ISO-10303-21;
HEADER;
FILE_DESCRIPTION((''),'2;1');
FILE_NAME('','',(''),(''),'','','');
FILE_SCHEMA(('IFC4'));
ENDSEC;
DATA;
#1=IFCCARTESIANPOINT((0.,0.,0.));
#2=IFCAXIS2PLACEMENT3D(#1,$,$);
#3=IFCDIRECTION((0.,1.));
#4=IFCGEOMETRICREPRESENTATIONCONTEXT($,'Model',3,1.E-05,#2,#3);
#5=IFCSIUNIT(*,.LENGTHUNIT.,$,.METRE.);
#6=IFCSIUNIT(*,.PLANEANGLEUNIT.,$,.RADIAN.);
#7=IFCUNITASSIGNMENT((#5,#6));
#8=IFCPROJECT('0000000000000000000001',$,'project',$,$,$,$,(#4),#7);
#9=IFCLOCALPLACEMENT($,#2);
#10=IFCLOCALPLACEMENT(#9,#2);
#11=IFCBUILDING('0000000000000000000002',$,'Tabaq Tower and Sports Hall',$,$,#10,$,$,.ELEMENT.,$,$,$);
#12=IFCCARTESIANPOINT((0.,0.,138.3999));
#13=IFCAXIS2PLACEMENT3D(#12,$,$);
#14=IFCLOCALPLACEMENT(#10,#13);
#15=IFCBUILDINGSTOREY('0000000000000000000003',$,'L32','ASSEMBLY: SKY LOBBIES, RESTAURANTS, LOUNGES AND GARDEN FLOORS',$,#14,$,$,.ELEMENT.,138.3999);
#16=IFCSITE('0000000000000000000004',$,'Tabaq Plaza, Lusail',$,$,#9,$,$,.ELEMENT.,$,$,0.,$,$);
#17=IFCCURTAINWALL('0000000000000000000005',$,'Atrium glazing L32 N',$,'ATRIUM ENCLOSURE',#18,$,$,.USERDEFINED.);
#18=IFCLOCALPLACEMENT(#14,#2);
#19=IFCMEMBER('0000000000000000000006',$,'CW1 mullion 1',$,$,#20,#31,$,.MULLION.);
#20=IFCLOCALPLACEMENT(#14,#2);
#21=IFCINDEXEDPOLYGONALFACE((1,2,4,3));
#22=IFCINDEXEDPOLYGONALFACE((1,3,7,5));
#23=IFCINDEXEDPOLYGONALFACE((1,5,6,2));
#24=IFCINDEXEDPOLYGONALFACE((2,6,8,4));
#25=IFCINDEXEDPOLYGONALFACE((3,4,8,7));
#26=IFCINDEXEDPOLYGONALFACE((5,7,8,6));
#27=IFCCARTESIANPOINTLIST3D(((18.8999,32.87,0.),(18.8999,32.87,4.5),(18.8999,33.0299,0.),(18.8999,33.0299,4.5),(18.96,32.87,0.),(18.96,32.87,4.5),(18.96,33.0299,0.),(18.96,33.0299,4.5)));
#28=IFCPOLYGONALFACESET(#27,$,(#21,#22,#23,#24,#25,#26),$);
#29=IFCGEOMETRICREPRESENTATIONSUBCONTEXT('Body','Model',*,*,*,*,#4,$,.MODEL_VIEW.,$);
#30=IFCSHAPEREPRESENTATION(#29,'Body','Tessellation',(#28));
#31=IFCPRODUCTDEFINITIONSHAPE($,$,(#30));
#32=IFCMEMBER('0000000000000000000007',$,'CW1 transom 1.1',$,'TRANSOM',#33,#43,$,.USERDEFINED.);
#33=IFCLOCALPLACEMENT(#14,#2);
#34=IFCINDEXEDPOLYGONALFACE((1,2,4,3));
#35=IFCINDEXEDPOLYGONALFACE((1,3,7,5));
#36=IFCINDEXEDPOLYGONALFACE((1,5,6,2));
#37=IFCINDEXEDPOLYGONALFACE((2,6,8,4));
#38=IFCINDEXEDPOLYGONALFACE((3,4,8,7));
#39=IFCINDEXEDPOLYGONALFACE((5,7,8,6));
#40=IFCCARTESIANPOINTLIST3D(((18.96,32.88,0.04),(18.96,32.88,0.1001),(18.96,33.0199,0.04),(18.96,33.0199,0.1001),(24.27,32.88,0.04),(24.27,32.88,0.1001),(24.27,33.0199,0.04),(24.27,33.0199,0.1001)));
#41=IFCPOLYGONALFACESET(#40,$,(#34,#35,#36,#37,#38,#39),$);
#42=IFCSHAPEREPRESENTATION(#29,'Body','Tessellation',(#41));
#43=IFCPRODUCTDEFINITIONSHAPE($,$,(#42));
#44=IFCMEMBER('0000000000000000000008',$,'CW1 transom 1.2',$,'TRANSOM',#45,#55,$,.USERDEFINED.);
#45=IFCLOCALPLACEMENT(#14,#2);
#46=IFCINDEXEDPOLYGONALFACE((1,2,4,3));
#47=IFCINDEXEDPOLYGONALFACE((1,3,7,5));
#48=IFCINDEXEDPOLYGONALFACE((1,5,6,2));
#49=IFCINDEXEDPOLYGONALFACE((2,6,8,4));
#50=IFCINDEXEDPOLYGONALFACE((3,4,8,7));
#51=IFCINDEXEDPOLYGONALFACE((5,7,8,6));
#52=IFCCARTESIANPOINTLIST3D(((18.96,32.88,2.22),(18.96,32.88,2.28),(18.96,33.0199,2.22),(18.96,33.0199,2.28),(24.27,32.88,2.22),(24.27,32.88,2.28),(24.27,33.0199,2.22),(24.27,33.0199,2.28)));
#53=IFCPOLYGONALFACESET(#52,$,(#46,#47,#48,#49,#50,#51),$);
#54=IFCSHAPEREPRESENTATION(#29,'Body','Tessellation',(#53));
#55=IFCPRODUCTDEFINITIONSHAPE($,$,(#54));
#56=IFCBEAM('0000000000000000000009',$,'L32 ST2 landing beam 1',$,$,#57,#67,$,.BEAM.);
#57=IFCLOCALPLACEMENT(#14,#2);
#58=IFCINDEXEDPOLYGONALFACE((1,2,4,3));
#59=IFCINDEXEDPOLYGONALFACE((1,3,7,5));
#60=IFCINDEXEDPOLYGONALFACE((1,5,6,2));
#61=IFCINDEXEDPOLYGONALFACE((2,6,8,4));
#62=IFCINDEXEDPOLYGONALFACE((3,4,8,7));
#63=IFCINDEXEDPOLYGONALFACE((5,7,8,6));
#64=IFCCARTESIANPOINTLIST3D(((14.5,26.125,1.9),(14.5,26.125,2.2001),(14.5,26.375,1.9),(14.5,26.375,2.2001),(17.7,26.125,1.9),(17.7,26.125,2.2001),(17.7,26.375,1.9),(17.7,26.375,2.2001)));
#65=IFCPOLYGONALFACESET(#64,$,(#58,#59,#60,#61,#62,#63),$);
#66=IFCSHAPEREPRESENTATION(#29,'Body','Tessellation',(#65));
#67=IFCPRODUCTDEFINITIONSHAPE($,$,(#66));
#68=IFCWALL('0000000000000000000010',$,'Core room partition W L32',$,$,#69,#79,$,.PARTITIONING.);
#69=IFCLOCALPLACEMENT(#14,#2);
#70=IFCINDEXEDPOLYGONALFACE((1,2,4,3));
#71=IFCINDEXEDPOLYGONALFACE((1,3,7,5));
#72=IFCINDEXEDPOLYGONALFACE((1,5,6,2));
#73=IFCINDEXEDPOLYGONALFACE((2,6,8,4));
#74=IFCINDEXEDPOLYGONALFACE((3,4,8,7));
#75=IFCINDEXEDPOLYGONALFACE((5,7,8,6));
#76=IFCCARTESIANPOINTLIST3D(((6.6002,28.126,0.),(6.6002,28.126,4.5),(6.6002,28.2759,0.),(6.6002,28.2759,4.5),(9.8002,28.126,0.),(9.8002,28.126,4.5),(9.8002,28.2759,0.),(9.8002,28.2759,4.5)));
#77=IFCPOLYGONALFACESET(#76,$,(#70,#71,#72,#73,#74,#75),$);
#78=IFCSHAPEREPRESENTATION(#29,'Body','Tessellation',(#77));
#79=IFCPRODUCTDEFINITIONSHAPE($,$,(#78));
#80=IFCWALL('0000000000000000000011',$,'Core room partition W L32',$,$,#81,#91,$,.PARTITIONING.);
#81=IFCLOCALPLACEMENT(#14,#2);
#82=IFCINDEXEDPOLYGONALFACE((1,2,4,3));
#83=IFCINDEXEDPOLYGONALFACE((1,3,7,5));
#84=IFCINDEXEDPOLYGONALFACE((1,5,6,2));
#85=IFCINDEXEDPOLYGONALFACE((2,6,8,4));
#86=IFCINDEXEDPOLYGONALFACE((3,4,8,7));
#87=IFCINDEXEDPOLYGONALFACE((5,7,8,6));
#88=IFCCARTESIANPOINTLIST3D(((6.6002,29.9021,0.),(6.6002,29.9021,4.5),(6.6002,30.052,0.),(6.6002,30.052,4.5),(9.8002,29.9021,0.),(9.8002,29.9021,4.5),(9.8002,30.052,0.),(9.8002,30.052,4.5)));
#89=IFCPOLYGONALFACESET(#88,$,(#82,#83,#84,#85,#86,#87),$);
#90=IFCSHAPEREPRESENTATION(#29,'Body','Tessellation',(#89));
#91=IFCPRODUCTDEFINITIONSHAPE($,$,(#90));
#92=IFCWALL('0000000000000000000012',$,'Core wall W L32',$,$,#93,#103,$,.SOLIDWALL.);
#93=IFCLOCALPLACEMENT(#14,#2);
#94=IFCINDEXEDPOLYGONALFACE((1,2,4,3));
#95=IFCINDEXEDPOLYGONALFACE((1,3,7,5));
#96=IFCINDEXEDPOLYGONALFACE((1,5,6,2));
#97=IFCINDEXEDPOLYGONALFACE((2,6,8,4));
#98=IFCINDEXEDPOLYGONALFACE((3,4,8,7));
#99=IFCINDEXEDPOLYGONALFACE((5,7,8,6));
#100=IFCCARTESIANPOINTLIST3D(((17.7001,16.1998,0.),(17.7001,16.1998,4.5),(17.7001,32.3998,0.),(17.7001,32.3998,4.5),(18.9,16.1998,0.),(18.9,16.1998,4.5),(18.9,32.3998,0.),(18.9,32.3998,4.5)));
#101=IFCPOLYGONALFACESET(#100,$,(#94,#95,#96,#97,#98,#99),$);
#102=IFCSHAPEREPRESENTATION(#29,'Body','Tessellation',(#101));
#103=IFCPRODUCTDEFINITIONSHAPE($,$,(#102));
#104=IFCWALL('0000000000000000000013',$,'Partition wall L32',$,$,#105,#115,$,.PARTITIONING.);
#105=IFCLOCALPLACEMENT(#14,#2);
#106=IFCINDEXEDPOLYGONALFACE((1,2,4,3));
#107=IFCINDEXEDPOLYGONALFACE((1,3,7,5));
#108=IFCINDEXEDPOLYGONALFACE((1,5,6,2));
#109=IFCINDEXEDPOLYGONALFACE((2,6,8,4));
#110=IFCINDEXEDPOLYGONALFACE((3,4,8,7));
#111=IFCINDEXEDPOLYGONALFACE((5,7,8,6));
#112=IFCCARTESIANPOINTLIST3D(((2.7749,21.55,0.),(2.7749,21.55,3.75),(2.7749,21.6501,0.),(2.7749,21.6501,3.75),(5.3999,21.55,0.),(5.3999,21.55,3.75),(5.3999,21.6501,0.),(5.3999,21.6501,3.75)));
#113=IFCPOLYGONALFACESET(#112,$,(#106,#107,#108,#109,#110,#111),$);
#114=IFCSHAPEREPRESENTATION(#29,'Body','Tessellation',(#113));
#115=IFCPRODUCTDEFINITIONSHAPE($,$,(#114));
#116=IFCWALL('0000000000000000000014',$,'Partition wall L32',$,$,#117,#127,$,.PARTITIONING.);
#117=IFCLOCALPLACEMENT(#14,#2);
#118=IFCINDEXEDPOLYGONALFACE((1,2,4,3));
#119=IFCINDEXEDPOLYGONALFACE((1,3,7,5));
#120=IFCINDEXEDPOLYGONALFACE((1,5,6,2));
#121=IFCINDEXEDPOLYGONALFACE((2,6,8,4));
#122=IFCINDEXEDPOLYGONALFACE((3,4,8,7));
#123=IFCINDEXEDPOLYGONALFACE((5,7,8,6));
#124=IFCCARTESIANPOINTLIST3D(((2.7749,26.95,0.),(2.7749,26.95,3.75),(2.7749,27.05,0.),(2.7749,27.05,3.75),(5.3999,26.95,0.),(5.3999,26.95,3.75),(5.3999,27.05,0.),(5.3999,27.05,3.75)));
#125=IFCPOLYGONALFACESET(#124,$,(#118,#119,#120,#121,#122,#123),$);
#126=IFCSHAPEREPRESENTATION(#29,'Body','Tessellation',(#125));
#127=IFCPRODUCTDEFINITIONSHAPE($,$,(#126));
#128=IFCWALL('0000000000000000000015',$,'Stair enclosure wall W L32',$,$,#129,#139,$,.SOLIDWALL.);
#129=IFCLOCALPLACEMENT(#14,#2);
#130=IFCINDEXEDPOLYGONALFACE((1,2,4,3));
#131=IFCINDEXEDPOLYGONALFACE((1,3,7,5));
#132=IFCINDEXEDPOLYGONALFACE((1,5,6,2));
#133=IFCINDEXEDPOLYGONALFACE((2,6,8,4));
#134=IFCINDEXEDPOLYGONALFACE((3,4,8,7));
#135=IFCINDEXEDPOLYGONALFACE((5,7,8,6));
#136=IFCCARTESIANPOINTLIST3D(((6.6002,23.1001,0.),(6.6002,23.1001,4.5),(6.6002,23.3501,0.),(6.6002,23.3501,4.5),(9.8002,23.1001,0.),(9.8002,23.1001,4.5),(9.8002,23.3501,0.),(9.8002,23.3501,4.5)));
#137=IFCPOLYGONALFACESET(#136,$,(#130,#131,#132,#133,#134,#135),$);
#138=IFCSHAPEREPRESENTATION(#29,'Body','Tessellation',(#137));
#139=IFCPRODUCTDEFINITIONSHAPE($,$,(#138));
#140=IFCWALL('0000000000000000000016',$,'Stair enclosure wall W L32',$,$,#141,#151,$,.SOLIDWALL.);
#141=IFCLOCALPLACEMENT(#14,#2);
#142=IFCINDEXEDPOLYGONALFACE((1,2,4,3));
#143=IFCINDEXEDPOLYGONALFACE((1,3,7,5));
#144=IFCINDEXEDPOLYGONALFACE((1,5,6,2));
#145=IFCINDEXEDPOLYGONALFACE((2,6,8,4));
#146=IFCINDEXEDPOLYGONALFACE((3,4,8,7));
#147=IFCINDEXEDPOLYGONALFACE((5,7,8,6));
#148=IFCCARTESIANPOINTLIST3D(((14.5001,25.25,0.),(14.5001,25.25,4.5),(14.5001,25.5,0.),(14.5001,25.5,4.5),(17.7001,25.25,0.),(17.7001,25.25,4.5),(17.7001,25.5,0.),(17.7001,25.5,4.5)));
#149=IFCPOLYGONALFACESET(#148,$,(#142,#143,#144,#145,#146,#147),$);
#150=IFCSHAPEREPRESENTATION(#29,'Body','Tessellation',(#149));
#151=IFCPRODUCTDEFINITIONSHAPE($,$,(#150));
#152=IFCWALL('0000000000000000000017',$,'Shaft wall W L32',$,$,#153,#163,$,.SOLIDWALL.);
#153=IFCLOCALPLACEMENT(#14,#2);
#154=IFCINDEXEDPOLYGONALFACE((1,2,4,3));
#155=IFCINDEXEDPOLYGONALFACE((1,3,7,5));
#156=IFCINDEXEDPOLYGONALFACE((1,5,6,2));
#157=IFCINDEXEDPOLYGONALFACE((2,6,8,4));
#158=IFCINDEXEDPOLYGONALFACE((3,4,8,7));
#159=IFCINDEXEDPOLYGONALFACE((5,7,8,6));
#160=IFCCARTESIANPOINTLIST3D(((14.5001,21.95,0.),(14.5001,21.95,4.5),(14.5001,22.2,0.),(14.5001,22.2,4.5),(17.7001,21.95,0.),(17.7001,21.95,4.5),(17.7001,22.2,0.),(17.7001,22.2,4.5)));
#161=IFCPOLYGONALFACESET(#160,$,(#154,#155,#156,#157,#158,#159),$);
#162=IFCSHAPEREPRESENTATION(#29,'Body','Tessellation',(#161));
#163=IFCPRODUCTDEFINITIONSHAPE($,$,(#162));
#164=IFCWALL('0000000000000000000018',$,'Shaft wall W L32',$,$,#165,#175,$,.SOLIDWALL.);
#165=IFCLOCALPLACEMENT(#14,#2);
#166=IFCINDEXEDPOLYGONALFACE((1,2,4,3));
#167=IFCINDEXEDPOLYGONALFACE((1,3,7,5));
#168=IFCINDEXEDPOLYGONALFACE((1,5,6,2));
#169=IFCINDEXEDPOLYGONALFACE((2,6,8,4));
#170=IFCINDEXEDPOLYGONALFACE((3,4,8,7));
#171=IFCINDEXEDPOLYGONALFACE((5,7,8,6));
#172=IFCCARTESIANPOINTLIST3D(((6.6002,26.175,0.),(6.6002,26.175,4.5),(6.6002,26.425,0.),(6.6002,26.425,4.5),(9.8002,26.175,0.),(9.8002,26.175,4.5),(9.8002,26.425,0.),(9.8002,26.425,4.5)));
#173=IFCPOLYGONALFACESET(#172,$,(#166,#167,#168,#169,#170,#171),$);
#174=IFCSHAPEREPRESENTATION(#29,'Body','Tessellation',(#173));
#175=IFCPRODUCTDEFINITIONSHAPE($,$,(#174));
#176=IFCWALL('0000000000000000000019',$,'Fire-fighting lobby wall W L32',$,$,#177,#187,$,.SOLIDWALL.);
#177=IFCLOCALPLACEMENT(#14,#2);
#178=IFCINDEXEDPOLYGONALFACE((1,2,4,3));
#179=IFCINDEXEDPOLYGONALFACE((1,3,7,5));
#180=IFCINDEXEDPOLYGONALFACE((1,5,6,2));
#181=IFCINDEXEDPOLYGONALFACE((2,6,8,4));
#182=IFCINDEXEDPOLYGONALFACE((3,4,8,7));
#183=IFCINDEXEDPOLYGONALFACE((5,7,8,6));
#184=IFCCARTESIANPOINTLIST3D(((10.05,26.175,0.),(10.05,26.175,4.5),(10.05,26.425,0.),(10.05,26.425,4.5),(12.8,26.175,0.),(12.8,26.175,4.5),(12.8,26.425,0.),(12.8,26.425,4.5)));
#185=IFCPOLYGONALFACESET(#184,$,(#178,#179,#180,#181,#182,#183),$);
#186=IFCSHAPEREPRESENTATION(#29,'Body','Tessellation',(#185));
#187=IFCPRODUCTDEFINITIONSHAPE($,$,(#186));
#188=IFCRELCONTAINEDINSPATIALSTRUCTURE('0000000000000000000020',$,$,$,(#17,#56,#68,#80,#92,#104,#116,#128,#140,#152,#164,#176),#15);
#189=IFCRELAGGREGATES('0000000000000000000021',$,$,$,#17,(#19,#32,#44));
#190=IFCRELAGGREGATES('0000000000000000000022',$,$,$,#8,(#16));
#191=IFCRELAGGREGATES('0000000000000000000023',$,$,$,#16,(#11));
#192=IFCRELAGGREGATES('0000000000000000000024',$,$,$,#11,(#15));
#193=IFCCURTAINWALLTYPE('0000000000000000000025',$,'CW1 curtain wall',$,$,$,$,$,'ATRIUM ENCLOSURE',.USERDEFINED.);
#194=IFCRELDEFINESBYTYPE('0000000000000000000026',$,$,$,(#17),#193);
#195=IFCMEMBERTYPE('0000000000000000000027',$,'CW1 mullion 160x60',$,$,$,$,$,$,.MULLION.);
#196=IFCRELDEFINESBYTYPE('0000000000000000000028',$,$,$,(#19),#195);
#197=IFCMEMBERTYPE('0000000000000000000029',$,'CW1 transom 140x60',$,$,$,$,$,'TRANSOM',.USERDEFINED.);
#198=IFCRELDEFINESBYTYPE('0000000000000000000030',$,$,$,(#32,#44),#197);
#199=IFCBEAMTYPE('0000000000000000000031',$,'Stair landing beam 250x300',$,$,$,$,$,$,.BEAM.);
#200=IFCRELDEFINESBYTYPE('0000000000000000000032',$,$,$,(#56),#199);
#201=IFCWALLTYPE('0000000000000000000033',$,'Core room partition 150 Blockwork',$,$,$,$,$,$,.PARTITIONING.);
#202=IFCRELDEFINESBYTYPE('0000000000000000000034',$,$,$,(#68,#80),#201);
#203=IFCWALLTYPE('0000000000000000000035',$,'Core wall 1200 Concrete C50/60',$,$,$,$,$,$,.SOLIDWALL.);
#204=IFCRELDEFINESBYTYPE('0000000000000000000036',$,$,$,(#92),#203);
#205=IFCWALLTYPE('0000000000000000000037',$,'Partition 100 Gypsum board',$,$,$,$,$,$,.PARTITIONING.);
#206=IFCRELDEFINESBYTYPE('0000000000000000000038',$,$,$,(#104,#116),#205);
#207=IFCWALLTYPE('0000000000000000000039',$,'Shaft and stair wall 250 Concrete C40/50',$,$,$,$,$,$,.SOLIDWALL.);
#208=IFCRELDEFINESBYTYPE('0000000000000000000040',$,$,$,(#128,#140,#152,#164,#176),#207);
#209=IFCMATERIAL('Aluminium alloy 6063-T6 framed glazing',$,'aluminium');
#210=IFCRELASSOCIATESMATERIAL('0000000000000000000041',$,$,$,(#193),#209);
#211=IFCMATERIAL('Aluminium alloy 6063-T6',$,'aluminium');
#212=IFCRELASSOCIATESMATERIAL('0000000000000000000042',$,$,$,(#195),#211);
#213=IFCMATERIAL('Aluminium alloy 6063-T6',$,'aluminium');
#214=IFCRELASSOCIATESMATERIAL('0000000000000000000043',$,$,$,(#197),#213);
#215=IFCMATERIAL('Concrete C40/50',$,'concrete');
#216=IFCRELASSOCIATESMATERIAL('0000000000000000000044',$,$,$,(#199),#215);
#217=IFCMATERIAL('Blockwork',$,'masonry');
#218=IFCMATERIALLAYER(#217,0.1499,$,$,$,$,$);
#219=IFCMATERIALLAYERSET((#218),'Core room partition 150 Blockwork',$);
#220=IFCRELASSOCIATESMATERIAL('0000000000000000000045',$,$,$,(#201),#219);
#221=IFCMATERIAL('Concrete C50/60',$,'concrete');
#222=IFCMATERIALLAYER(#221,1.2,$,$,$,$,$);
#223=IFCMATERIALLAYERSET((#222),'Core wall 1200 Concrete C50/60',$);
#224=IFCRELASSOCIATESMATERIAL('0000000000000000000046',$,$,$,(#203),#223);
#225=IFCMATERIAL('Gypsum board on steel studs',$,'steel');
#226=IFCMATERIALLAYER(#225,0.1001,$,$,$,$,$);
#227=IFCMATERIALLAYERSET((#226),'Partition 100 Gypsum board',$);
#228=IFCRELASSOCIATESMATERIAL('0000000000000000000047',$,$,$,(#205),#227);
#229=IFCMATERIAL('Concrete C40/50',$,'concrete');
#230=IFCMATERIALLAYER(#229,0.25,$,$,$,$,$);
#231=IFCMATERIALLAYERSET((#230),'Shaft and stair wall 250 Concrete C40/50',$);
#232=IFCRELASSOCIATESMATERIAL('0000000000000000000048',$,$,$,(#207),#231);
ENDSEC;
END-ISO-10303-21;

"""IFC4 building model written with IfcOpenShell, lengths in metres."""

from ifc_helpers import new_model, si_unit, direction, frame, frame_2d, origin, origin_2d, place, context, subcontext, project, spatial, rectangle, extrude, material, layer, layer_set, material_profile, profile_set, type_object, element, aggregate, save


model = new_model("IFC4")

# Units and contexts
model_context = context("Model", 3, precision=1e-05, world=origin(), true_north=direction((0.0, 1.0)))
body_context = subcontext(model_context, "Body", "Model", "MODEL_VIEW")
ifc_project = project(units=[si_unit("LENGTHUNIT", "METRE"), si_unit("PLANEANGLEUNIT", "RADIAN")], contexts=[model_context])

# Site, building, storey
site_placement = place(None, origin())
site = spatial("IfcSite", under=ifc_project, at=site_placement, Name="Tabaq Plaza, Lusail", CompositionType="ELEMENT", RefElevation=0.0)
building_placement = place(site_placement, origin())
building = spatial("IfcBuilding", under=site, at=building_placement, Name="Tabaq Tower and Sports Hall", CompositionType="ELEMENT")
storey_placement = place(building_placement, frame((0.0, 0.0, 138.3999)))
storey = spatial("IfcBuildingStorey", under=building, at=storey_placement, Name="L32", Description="ASSEMBLY: SKY LOBBIES, RESTAURANTS, LOUNGES AND GARDEN FLOORS", CompositionType="ELEMENT", Elevation=138.3999)

# Curtain wall, members
ifc_material_1 = material(Name="Aluminium alloy 6063-T6 framed glazing", Category="aluminium")
curtain_wall_type = type_object("IfcCurtainWallType", Name="CW1 curtain wall", ElementType="ATRIUM ENCLOSURE", PredefinedType="USERDEFINED", material=ifc_material_1)
curtain_wall_placement = place(storey_placement, origin())
curtain_wall = element("IfcCurtainWall", 1, at=curtain_wall_placement, inside=storey, type_object=curtain_wall_type, Name="Atrium glazing L32 N", ObjectType="ATRIUM ENCLOSURE", PredefinedType="USERDEFINED")
ifc_material_2 = material(Name="Aluminium alloy 6063-T6", Category="aluminium")
ifc_material_profile_1 = material_profile(ifc_material_2, rectangle(XDim=0.1599, YDim=0.0601, at=origin_2d()), Name="MULLION 160x60")
ifc_profile_set_1 = profile_set([ifc_material_profile_1], Name="Aluminium alloy 6063-T6")
member_type_1 = type_object("IfcMemberType", Name="CW1 mullion 160x60", PredefinedType="MULLION", material=ifc_profile_set_1)
member_1_placement = place(storey_placement, frame((18.9299, 32.95, 0.0), z_axis=(0.0, 0.0, 1.0), x_axis=(0.0, 1.0, 0.0)))
member_1 = element("IfcMember", 2, at=member_1_placement, type_object=member_type_1, Name="CW1 mullion 1", PredefinedType="MULLION", context=body_context, shape_type="SweptSolid", body=[
    extrude(rectangle(XDim=0.1599, YDim=0.0601, at=origin_2d()), origin(), (0.0, 0.0, 1.0), 4.5),
])
ifc_material_3 = material(Name="Aluminium alloy 6063-T6", Category="aluminium")
ifc_material_profile_2 = material_profile(ifc_material_3, rectangle(XDim=0.1399, YDim=0.0601, at=origin_2d()), Name="TRANSOM 140x60")
ifc_profile_set_2 = profile_set([ifc_material_profile_2], Name="Aluminium alloy 6063-T6")
member_type_2 = type_object("IfcMemberType", Name="CW1 transom 140x60", ElementType="TRANSOM", PredefinedType="USERDEFINED", material=ifc_profile_set_2)
member_2_placement = place(storey_placement, frame((18.96, 32.95, 0.0701), z_axis=(1.0, 0.0, 0.0), x_axis=(0.0, 1.0, 0.0)))
member_2 = element("IfcMember", 3, at=member_2_placement, type_object=member_type_2, Name="CW1 transom 1.1", ObjectType="TRANSOM", PredefinedType="USERDEFINED", context=body_context, shape_type="SweptSolid", body=[
    extrude(rectangle(XDim=0.1399, YDim=0.0601, at=origin_2d()), origin(), (0.0, 0.0, 1.0), 5.3101),
])
member_3_placement = place(storey_placement, frame((18.96, 32.95, 2.25), z_axis=(1.0, 0.0, 0.0), x_axis=(0.0, 1.0, 0.0)))
member_3 = element("IfcMember", 4, at=member_3_placement, type_object=member_type_2, Name="CW1 transom 1.2", ObjectType="TRANSOM", PredefinedType="USERDEFINED", context=body_context, shape_type="SweptSolid", body=[
    extrude(rectangle(XDim=0.1399, YDim=0.0601, at=origin_2d()), origin(), (0.0, 0.0, 1.0), 5.3101),
])
aggregate(curtain_wall, [member_1, member_2, member_3])

# Beam
ifc_material_4 = material(Name="Concrete C40/50", Category="concrete")
ifc_material_profile_3 = material_profile(ifc_material_4, rectangle(XDim=0.25, YDim=0.3, at=origin_2d()), Name="RC 250x300")
ifc_profile_set_3 = profile_set([ifc_material_profile_3], Name="Concrete C40/50")
beam_type = type_object("IfcBeamType", Name="Stair landing beam 250x300", PredefinedType="BEAM", material=ifc_profile_set_3)
beam_placement = place(storey_placement, frame((14.5, 26.25, 2.05), z_axis=(1.0, 0.0, 0.0), x_axis=(0.0, 1.0, 0.0)))
element("IfcBeam", 5, at=beam_placement, inside=storey, type_object=beam_type, Name="L32 ST2 landing beam 1", PredefinedType="BEAM", context=body_context, shape_type="SweptSolid", body=[
    extrude(rectangle(XDim=0.25, YDim=0.3, at=origin_2d()), origin(), (0.0, 0.0, 1.0), 3.2),
])

# Walls
ifc_material_5 = material(Name="Blockwork", Category="masonry")
ifc_layer_1 = layer(ifc_material_5, 0.1499)
ifc_layer_set_1 = layer_set([ifc_layer_1], Name="Core room partition 150 Blockwork")
wall_type_1 = type_object("IfcWallType", Name="Core room partition 150 Blockwork", PredefinedType="PARTITIONING", material=ifc_layer_set_1)
for number, where, z_axis, x_axis, name in (
    (6, (6.6001, 28.2009, 0.0), (0.0, 0.0, 1.0), (1.0, 0.0, 0.0), "Core room partition W L32"),
    (7, (6.6001, 29.9771, 0.0), (0.0, 0.0, 1.0), (1.0, 0.0, 0.0), "Core room partition W L32"),
):
    element("IfcWall", number, at=place(storey_placement, frame(where, z_axis=z_axis, x_axis=x_axis)), inside=storey, type_object=wall_type_1, Name=name, PredefinedType="PARTITIONING", context=body_context, shape_type="SweptSolid", body=[
        extrude(rectangle(XDim=3.2, YDim=0.1499, at=frame_2d((1.6001, 0.0))), origin(), (0.0, 0.0, 1.0), 4.5),
    ])
ifc_material_6 = material(Name="Concrete C50/60", Category="concrete")
ifc_layer_2 = layer(ifc_material_6, 1.2)
ifc_layer_set_2 = layer_set([ifc_layer_2], Name="Core wall 1200 Concrete C50/60")
wall_type_2 = type_object("IfcWallType", Name="Core wall 1200 Concrete C50/60", PredefinedType="SOLIDWALL", material=ifc_layer_set_2)
wall_1_placement = place(storey_placement, frame((18.3, 32.3999, 0.0), z_axis=(0.0, 0.0, 1.0), x_axis=(0.0, -1.0, 0.0)))
element("IfcWall", 8, at=wall_1_placement, inside=storey, type_object=wall_type_2, Name="Core wall W L32", PredefinedType="SOLIDWALL", context=body_context, shape_type="SweptSolid", body=[
    extrude(rectangle(XDim=16.2, YDim=1.2, at=frame_2d((8.1001, 0.0))), origin(), (0.0, 0.0, 1.0), 4.5),
])

# Walls
ifc_material_7 = material(Name="Gypsum board on steel studs", Category="steel")
ifc_layer_3 = layer(ifc_material_7, 0.1001)
ifc_layer_set_3 = layer_set([ifc_layer_3], Name="Partition 100 Gypsum board")
wall_type_3 = type_object("IfcWallType", Name="Partition 100 Gypsum board", PredefinedType="PARTITIONING", material=ifc_layer_set_3)
for number, where, z_axis, x_axis, name in (
    (9, (5.3999, 21.6001, 0.0), (0.0, 0.0, 1.0), (-1.0, 0.0, 0.0), "Partition wall L32"),
    (10, (5.3999, 27.0, 0.0), (0.0, 0.0, 1.0), (-1.0, 0.0, 0.0), "Partition wall L32"),
):
    element("IfcWall", number, at=place(storey_placement, frame(where, z_axis=z_axis, x_axis=x_axis)), inside=storey, type_object=wall_type_3, Name=name, PredefinedType="PARTITIONING", context=body_context, shape_type="SweptSolid", body=[
        extrude(rectangle(XDim=2.625, YDim=0.1001, at=frame_2d((1.3125, 0.0))), origin(), (0.0, 0.0, 1.0), 3.75),
    ])
ifc_material_8 = material(Name="Concrete C40/50", Category="concrete")
ifc_layer_4 = layer(ifc_material_8, 0.25)
ifc_layer_set_4 = layer_set([ifc_layer_4], Name="Shaft and stair wall 250 Concrete C40/50")
wall_type_4 = type_object("IfcWallType", Name="Shaft and stair wall 250 Concrete C40/50", PredefinedType="SOLIDWALL", material=ifc_layer_set_4)
for number, where, z_axis, x_axis, name in (
    (11, (6.6001, 23.2251, 0.0), (0.0, 0.0, 1.0), (1.0, 0.0, 0.0), "Stair enclosure wall W L32"),
    (12, (14.5, 25.375, 0.0), (0.0, 0.0, 1.0), (1.0, 0.0, 0.0), "Stair enclosure wall W L32"),
    (13, (14.5, 22.075, 0.0), (0.0, 0.0, 1.0), (1.0, 0.0, 0.0), "Shaft wall W L32"),
    (14, (6.6001, 26.3, 0.0), (0.0, 0.0, 1.0), (1.0, 0.0, 0.0), "Shaft wall W L32"),
):
    element("IfcWall", number, at=place(storey_placement, frame(where, z_axis=z_axis, x_axis=x_axis)), inside=storey, type_object=wall_type_4, Name=name, PredefinedType="SOLIDWALL", context=body_context, shape_type="SweptSolid", body=[
        extrude(rectangle(XDim=3.2, YDim=0.25, at=frame_2d((1.6001, 0.0))), origin(), (0.0, 0.0, 1.0), 4.5),
    ])
wall_2_placement = place(storey_placement, frame((10.05, 26.3, 0.0), z_axis=(0.0, 0.0, 1.0), x_axis=(1.0, 0.0, 0.0)))
element("IfcWall", 15, at=wall_2_placement, inside=storey, type_object=wall_type_4, Name="Fire-fighting lobby wall W L32", PredefinedType="SOLIDWALL", context=body_context, shape_type="SweptSolid", body=[
    extrude(rectangle(XDim=2.75, YDim=0.25, at=frame_2d((1.375, 0.0))), origin(), (0.0, 0.0, 1.0), 4.5),
])

save(model, "model.ifc")
